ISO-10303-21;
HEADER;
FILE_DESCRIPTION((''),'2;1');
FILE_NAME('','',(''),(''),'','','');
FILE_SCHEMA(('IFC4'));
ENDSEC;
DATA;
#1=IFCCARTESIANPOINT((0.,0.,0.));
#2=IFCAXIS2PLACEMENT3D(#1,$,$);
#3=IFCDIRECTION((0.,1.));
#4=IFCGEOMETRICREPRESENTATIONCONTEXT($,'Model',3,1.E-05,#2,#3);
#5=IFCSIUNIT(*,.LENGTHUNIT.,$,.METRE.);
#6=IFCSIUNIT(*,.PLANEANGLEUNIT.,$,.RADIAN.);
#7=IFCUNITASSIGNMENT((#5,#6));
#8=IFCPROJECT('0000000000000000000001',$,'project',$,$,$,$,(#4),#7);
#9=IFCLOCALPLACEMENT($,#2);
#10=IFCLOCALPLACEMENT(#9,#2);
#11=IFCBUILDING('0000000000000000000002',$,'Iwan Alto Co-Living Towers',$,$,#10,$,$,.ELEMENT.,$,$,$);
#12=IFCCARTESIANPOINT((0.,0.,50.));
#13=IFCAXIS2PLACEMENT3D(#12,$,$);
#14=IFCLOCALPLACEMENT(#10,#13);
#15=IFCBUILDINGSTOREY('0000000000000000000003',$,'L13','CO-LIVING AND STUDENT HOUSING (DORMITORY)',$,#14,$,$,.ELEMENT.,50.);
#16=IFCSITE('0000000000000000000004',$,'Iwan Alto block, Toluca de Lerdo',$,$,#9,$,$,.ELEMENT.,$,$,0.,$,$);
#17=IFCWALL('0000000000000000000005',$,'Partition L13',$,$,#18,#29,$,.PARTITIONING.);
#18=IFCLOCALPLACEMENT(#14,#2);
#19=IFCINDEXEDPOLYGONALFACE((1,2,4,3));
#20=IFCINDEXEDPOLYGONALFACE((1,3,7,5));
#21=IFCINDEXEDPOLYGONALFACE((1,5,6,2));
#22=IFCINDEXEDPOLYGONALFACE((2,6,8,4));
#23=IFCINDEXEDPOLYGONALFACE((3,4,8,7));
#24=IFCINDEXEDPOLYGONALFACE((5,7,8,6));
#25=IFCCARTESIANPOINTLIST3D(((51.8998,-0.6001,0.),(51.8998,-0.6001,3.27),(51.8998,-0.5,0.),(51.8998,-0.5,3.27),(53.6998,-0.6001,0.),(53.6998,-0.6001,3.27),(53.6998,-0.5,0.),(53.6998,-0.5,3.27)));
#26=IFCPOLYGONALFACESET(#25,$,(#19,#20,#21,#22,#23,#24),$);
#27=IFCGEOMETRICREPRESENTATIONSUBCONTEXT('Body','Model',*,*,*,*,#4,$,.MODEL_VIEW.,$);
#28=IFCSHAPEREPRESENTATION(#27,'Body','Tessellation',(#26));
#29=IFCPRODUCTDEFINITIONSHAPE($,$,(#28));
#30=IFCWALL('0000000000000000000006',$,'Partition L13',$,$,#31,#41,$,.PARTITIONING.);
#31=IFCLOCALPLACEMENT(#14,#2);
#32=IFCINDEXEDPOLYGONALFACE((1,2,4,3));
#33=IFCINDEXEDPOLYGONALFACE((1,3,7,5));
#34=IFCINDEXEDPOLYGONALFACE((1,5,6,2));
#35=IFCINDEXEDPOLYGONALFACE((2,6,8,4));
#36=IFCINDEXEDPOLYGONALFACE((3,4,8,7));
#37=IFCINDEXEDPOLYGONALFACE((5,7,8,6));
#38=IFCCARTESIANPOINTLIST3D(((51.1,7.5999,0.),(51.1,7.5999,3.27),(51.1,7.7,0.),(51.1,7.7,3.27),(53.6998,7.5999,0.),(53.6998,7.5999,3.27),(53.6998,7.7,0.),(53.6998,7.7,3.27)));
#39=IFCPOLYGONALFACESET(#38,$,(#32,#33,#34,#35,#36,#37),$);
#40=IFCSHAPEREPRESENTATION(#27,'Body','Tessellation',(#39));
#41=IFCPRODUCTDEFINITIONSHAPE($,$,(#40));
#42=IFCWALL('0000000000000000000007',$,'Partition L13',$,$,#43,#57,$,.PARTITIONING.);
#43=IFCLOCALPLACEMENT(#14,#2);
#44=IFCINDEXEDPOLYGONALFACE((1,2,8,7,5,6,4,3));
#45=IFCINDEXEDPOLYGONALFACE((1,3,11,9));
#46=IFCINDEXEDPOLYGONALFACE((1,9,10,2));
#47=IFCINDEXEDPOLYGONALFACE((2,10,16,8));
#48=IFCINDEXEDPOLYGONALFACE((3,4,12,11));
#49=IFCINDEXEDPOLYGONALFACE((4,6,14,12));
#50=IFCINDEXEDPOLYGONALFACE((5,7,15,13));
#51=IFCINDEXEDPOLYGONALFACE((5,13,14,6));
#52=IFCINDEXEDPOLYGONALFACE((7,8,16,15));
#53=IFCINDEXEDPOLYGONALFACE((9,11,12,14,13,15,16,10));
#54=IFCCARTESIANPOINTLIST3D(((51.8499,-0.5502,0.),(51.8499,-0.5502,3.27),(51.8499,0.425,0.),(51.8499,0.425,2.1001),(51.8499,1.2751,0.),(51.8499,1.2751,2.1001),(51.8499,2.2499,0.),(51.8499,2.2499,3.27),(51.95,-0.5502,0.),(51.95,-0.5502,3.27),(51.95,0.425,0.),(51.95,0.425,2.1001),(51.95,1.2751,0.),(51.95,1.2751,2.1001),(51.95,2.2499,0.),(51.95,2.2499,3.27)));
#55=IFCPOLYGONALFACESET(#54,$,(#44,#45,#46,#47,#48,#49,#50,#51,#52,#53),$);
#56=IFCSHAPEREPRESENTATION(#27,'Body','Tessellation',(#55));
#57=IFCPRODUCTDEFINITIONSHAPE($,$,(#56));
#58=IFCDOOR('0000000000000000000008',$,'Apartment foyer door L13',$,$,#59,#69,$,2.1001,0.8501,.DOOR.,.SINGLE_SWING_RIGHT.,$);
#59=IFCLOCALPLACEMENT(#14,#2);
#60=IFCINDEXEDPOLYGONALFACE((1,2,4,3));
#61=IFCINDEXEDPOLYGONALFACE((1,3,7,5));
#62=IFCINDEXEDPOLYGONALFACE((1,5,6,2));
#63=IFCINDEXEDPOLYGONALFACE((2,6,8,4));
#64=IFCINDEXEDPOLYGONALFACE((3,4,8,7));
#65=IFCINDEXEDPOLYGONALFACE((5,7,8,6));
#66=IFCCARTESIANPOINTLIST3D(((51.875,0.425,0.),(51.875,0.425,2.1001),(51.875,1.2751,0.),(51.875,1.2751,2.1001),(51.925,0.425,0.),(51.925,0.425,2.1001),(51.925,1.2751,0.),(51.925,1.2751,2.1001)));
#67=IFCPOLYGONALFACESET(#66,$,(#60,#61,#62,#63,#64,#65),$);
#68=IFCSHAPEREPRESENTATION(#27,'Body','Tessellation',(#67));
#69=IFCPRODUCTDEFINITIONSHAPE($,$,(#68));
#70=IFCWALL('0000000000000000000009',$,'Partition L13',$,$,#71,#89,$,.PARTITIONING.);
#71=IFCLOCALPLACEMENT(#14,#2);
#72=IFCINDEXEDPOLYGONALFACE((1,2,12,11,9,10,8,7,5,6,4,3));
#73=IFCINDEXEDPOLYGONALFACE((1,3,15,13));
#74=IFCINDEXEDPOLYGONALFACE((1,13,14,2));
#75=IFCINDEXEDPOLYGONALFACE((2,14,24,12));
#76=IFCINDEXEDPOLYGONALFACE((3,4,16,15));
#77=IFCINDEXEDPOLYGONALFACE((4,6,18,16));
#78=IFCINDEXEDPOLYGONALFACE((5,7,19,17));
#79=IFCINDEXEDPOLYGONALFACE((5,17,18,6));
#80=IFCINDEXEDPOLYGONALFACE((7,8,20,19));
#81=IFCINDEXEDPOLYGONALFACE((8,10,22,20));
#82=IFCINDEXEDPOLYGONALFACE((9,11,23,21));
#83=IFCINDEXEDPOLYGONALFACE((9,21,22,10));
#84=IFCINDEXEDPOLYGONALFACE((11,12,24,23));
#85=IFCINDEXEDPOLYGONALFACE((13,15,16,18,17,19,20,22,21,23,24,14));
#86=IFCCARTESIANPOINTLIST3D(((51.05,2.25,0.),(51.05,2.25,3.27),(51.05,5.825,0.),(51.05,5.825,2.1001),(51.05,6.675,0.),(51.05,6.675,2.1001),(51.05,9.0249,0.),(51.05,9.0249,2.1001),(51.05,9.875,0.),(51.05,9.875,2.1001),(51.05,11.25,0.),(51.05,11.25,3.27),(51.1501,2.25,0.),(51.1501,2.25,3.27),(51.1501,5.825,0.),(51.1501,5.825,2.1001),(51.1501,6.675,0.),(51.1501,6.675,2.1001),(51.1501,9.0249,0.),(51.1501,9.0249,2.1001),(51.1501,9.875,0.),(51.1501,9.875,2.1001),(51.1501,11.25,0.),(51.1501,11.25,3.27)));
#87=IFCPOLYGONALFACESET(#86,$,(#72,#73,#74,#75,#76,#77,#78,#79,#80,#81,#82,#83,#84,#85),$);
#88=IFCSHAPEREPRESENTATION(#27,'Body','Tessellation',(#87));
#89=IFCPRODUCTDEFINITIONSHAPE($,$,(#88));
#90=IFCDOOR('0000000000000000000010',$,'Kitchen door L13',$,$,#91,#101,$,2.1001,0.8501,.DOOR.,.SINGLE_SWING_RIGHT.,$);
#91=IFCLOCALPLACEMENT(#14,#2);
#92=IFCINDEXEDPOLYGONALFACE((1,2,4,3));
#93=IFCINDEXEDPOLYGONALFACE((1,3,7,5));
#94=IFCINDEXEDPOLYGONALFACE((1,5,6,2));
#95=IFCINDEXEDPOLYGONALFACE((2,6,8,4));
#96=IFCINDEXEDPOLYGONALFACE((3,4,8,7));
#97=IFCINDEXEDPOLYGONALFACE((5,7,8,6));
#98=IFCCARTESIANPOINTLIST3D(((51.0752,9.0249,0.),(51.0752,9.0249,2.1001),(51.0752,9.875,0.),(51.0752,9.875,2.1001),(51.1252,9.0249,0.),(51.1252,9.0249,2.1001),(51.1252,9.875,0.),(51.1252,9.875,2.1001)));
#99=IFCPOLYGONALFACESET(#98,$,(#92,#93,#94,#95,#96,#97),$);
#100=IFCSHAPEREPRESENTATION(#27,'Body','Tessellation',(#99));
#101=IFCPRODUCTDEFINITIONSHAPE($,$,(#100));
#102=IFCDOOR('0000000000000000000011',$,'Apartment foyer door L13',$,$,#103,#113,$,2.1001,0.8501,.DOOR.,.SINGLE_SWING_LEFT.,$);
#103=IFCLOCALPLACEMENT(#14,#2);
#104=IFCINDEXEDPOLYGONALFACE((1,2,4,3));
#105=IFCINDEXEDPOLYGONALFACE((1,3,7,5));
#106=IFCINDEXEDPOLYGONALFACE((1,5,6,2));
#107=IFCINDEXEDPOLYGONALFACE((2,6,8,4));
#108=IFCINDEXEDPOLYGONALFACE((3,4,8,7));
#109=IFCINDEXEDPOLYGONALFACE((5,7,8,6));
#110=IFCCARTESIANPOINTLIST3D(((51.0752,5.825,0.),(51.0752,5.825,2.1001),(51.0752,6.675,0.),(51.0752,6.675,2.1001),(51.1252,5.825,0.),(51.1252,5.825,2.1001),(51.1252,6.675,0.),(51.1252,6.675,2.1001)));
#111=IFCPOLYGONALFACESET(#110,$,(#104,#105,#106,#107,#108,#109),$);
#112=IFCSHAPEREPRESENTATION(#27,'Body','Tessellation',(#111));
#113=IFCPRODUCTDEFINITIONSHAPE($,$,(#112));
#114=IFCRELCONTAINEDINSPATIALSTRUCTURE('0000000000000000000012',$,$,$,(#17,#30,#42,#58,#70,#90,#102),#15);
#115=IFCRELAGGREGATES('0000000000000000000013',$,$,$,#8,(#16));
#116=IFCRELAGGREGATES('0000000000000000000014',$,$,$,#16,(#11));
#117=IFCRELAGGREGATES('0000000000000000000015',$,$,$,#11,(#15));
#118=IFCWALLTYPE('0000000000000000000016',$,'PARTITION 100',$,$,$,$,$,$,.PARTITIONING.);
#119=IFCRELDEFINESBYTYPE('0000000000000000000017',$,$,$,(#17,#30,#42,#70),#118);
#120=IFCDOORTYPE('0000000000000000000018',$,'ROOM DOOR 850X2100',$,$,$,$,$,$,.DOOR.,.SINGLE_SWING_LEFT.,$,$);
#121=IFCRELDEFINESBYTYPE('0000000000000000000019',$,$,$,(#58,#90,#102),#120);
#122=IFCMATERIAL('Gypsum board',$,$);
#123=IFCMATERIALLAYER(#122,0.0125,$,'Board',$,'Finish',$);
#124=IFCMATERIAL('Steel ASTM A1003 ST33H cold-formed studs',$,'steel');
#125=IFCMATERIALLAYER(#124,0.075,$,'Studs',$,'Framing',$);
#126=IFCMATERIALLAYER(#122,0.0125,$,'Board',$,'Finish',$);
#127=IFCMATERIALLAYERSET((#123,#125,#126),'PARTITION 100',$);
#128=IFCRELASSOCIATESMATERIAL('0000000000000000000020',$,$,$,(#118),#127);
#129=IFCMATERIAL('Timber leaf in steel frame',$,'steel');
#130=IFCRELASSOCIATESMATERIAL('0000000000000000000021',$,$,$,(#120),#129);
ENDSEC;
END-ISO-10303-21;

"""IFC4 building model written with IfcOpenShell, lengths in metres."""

from ifc_helpers import new_model, si_unit, direction, frame, frame_2d, origin, place, context, subcontext, project, spatial, rectangle, extrude, material, layer, layer_set, type_object, element, fill, save


model = new_model("IFC4")

# Units and contexts
model_context = context("Model", 3, precision=1e-05, world=origin(), true_north=direction((0.0, 1.0)))
body_context = subcontext(model_context, "Body", "Model", "MODEL_VIEW")
ifc_project = project(units=[si_unit("LENGTHUNIT", "METRE"), si_unit("PLANEANGLEUNIT", "RADIAN")], contexts=[model_context])

# Site, building, storey
site_placement = place(None, origin())
site = spatial("IfcSite", under=ifc_project, at=site_placement, Name="Iwan Alto block, Toluca de Lerdo", CompositionType="ELEMENT", RefElevation=0.0)
building_placement = place(site_placement, origin())
building = spatial("IfcBuilding", under=site, at=building_placement, Name="Iwan Alto Co-Living Towers", CompositionType="ELEMENT")
storey_placement = place(building_placement, frame((0.0, 0.0, 50.0)))
storey = spatial("IfcBuildingStorey", under=building, at=storey_placement, Name="L13", Description="CO-LIVING AND STUDENT HOUSING (DORMITORY)", CompositionType="ELEMENT", Elevation=50.0)

# Walls
ifc_material_1 = material(Name="Gypsum board")
ifc_layer_1 = layer(ifc_material_1, 0.0125, Name="Board", Category="Finish")
ifc_material_2 = material(Name="Steel ASTM A1003 ST33H cold-formed studs", Category="steel")
ifc_layer_2 = layer(ifc_material_2, 0.075, Name="Studs", Category="Framing")
ifc_layer_3 = layer(ifc_material_1, 0.0125, Name="Board", Category="Finish")
ifc_layer_set_1 = layer_set([ifc_layer_1, ifc_layer_2, ifc_layer_3], Name="PARTITION 100")
wall_type_1 = type_object("IfcWallType", Name="PARTITION 100", PredefinedType="PARTITIONING", material=ifc_layer_set_1)
wall_1_placement = place(storey_placement, frame((51.8999, -0.55, 0.0), z_axis=(0.0, 0.0, 1.0), x_axis=(1.0, 0.0, 0.0)))
element("IfcWall", 1, at=wall_1_placement, inside=storey, type_object=wall_type_1, Name="Partition L13", PredefinedType="PARTITIONING", context=body_context, shape_type="SweptSolid", body=[
    extrude(rectangle(XDim=1.8, YDim=0.1001, at=frame_2d((0.8999, 0.0))), origin(), (0.0, 0.0, 1.0), 3.27),
])
wall_2_placement = place(storey_placement, frame((51.1001, 7.6499, 0.0), z_axis=(0.0, 0.0, 1.0), x_axis=(1.0, 0.0, 0.0)))
element("IfcWall", 2, at=wall_2_placement, inside=storey, type_object=wall_type_1, Name="Partition L13", PredefinedType="PARTITIONING", context=body_context, shape_type="SweptSolid", body=[
    extrude(rectangle(XDim=2.5999, YDim=0.1001, at=frame_2d((1.2998, 0.0))), origin(), (0.0, 0.0, 1.0), 3.27),
])

# Wall, opening, door
wall_3_placement = place(storey_placement, frame((51.8999, -0.55, 0.0), z_axis=(0.0, 0.0, 1.0), x_axis=(0.0, 1.0, 0.0)))
wall_3 = element("IfcWall", 3, at=wall_3_placement, inside=storey, type_object=wall_type_1, Name="Partition L13", PredefinedType="PARTITIONING", context=body_context, shape_type="SweptSolid", body=[
    extrude(rectangle(XDim=2.8, YDim=0.1001, at=frame_2d((1.3999, 0.0))), origin(), (0.0, 0.0, 1.0), 3.27),
])
opening_1_placement = place(wall_3_placement, frame((0.9751, 0.0, 0.0)))
opening_1 = element("IfcOpeningElement", 4, at=opening_1_placement, cuts=wall_3, PredefinedType="OPENING", context=body_context, shape_type="SweptSolid", body=[
    extrude(rectangle(XDim=0.8501, YDim=2.1001, at=frame_2d((0.425, 1.05))), frame((0.0, 0.0601, 0.0), z_axis=(0.0, -1.0, 0.0), x_axis=(1.0, 0.0, 0.0)), (0.0, 0.0, 1.0), 0.1201),
])
ifc_material_3 = material(Name="Timber leaf in steel frame", Category="steel")
door_type_1 = type_object("IfcDoorType", Name="ROOM DOOR 850X2100", OperationType="SINGLE_SWING_LEFT", PredefinedType="DOOR", material=ifc_material_3)
door_1_placement = place(opening_1_placement, origin())
door_1 = element("IfcDoor", 5, at=door_1_placement, inside=storey, type_object=door_type_1, Name="Apartment foyer door L13", OperationType="SINGLE_SWING_RIGHT", OverallHeight=2.1001, OverallWidth=0.8501, PredefinedType="DOOR", context=body_context, shape_type="SweptSolid", body=[
    extrude(rectangle(XDim=0.8501, YDim=2.1001, at=frame_2d((0.425, 1.05))), frame((0.0, 0.0249, 0.0), z_axis=(0.0, -1.0, 0.0), x_axis=(1.0, 0.0, 0.0)), (0.0, 0.0, 1.0), 0.05),
])
fill(opening_1, door_1)

# Wall, openings, doors
wall_4_placement = place(storey_placement, frame((51.1001, 2.25, 0.0), z_axis=(0.0, 0.0, 1.0), x_axis=(0.0, 1.0, 0.0)))
wall_4 = element("IfcWall", 6, at=wall_4_placement, inside=storey, type_object=wall_type_1, Name="Partition L13", PredefinedType="PARTITIONING", context=body_context, shape_type="SweptSolid", body=[
    extrude(rectangle(XDim=9.0, YDim=0.1001, at=frame_2d((4.5, 0.0))), origin(), (0.0, 0.0, 1.0), 3.27),
])
opening_2_placement = place(wall_4_placement, frame((6.7749, 0.0, 0.0)))
opening_2 = element("IfcOpeningElement", 7, at=opening_2_placement, cuts=wall_4, PredefinedType="OPENING", context=body_context, shape_type="SweptSolid", body=[
    extrude(rectangle(XDim=0.8501, YDim=2.1001, at=frame_2d((0.425, 1.05))), frame((0.0, 0.0601, 0.0), z_axis=(0.0, -1.0, 0.0), x_axis=(1.0, 0.0, 0.0)), (0.0, 0.0, 1.0), 0.1201),
])
opening_3_placement = place(wall_4_placement, frame((3.575, 0.0, 0.0)))
opening_3 = element("IfcOpeningElement", 8, at=opening_3_placement, cuts=wall_4, PredefinedType="OPENING", context=body_context, shape_type="SweptSolid", body=[
    extrude(rectangle(XDim=0.8501, YDim=2.1001, at=frame_2d((0.425, 1.05))), frame((0.0, 0.0601, 0.0), z_axis=(0.0, -1.0, 0.0), x_axis=(1.0, 0.0, 0.0)), (0.0, 0.0, 1.0), 0.1201),
])
door_2_placement = place(opening_2_placement, origin())
door_2 = element("IfcDoor", 9, at=door_2_placement, inside=storey, type_object=door_type_1, Name="Kitchen door L13", OperationType="SINGLE_SWING_RIGHT", OverallHeight=2.1001, OverallWidth=0.8501, PredefinedType="DOOR", context=body_context, shape_type="SweptSolid", body=[
    extrude(rectangle(XDim=0.8501, YDim=2.1001, at=frame_2d((0.425, 1.05))), frame((0.0, 0.0249, 0.0), z_axis=(0.0, -1.0, 0.0), x_axis=(1.0, 0.0, 0.0)), (0.0, 0.0, 1.0), 0.05),
])
fill(opening_2, door_2)
door_3_placement = place(opening_3_placement, origin())
door_3 = element("IfcDoor", 10, at=door_3_placement, inside=storey, type_object=door_type_1, Name="Apartment foyer door L13", OperationType="SINGLE_SWING_LEFT", OverallHeight=2.1001, OverallWidth=0.8501, PredefinedType="DOOR", context=body_context, shape_type="SweptSolid", body=[
    extrude(rectangle(XDim=0.8501, YDim=2.1001, at=frame_2d((0.425, 1.05))), frame((0.0, 0.0249, 0.0), z_axis=(0.0, -1.0, 0.0), x_axis=(1.0, 0.0, 0.0)), (0.0, 0.0, 1.0), 0.05),
])
fill(opening_3, door_3)

save(model, "model.ifc")
